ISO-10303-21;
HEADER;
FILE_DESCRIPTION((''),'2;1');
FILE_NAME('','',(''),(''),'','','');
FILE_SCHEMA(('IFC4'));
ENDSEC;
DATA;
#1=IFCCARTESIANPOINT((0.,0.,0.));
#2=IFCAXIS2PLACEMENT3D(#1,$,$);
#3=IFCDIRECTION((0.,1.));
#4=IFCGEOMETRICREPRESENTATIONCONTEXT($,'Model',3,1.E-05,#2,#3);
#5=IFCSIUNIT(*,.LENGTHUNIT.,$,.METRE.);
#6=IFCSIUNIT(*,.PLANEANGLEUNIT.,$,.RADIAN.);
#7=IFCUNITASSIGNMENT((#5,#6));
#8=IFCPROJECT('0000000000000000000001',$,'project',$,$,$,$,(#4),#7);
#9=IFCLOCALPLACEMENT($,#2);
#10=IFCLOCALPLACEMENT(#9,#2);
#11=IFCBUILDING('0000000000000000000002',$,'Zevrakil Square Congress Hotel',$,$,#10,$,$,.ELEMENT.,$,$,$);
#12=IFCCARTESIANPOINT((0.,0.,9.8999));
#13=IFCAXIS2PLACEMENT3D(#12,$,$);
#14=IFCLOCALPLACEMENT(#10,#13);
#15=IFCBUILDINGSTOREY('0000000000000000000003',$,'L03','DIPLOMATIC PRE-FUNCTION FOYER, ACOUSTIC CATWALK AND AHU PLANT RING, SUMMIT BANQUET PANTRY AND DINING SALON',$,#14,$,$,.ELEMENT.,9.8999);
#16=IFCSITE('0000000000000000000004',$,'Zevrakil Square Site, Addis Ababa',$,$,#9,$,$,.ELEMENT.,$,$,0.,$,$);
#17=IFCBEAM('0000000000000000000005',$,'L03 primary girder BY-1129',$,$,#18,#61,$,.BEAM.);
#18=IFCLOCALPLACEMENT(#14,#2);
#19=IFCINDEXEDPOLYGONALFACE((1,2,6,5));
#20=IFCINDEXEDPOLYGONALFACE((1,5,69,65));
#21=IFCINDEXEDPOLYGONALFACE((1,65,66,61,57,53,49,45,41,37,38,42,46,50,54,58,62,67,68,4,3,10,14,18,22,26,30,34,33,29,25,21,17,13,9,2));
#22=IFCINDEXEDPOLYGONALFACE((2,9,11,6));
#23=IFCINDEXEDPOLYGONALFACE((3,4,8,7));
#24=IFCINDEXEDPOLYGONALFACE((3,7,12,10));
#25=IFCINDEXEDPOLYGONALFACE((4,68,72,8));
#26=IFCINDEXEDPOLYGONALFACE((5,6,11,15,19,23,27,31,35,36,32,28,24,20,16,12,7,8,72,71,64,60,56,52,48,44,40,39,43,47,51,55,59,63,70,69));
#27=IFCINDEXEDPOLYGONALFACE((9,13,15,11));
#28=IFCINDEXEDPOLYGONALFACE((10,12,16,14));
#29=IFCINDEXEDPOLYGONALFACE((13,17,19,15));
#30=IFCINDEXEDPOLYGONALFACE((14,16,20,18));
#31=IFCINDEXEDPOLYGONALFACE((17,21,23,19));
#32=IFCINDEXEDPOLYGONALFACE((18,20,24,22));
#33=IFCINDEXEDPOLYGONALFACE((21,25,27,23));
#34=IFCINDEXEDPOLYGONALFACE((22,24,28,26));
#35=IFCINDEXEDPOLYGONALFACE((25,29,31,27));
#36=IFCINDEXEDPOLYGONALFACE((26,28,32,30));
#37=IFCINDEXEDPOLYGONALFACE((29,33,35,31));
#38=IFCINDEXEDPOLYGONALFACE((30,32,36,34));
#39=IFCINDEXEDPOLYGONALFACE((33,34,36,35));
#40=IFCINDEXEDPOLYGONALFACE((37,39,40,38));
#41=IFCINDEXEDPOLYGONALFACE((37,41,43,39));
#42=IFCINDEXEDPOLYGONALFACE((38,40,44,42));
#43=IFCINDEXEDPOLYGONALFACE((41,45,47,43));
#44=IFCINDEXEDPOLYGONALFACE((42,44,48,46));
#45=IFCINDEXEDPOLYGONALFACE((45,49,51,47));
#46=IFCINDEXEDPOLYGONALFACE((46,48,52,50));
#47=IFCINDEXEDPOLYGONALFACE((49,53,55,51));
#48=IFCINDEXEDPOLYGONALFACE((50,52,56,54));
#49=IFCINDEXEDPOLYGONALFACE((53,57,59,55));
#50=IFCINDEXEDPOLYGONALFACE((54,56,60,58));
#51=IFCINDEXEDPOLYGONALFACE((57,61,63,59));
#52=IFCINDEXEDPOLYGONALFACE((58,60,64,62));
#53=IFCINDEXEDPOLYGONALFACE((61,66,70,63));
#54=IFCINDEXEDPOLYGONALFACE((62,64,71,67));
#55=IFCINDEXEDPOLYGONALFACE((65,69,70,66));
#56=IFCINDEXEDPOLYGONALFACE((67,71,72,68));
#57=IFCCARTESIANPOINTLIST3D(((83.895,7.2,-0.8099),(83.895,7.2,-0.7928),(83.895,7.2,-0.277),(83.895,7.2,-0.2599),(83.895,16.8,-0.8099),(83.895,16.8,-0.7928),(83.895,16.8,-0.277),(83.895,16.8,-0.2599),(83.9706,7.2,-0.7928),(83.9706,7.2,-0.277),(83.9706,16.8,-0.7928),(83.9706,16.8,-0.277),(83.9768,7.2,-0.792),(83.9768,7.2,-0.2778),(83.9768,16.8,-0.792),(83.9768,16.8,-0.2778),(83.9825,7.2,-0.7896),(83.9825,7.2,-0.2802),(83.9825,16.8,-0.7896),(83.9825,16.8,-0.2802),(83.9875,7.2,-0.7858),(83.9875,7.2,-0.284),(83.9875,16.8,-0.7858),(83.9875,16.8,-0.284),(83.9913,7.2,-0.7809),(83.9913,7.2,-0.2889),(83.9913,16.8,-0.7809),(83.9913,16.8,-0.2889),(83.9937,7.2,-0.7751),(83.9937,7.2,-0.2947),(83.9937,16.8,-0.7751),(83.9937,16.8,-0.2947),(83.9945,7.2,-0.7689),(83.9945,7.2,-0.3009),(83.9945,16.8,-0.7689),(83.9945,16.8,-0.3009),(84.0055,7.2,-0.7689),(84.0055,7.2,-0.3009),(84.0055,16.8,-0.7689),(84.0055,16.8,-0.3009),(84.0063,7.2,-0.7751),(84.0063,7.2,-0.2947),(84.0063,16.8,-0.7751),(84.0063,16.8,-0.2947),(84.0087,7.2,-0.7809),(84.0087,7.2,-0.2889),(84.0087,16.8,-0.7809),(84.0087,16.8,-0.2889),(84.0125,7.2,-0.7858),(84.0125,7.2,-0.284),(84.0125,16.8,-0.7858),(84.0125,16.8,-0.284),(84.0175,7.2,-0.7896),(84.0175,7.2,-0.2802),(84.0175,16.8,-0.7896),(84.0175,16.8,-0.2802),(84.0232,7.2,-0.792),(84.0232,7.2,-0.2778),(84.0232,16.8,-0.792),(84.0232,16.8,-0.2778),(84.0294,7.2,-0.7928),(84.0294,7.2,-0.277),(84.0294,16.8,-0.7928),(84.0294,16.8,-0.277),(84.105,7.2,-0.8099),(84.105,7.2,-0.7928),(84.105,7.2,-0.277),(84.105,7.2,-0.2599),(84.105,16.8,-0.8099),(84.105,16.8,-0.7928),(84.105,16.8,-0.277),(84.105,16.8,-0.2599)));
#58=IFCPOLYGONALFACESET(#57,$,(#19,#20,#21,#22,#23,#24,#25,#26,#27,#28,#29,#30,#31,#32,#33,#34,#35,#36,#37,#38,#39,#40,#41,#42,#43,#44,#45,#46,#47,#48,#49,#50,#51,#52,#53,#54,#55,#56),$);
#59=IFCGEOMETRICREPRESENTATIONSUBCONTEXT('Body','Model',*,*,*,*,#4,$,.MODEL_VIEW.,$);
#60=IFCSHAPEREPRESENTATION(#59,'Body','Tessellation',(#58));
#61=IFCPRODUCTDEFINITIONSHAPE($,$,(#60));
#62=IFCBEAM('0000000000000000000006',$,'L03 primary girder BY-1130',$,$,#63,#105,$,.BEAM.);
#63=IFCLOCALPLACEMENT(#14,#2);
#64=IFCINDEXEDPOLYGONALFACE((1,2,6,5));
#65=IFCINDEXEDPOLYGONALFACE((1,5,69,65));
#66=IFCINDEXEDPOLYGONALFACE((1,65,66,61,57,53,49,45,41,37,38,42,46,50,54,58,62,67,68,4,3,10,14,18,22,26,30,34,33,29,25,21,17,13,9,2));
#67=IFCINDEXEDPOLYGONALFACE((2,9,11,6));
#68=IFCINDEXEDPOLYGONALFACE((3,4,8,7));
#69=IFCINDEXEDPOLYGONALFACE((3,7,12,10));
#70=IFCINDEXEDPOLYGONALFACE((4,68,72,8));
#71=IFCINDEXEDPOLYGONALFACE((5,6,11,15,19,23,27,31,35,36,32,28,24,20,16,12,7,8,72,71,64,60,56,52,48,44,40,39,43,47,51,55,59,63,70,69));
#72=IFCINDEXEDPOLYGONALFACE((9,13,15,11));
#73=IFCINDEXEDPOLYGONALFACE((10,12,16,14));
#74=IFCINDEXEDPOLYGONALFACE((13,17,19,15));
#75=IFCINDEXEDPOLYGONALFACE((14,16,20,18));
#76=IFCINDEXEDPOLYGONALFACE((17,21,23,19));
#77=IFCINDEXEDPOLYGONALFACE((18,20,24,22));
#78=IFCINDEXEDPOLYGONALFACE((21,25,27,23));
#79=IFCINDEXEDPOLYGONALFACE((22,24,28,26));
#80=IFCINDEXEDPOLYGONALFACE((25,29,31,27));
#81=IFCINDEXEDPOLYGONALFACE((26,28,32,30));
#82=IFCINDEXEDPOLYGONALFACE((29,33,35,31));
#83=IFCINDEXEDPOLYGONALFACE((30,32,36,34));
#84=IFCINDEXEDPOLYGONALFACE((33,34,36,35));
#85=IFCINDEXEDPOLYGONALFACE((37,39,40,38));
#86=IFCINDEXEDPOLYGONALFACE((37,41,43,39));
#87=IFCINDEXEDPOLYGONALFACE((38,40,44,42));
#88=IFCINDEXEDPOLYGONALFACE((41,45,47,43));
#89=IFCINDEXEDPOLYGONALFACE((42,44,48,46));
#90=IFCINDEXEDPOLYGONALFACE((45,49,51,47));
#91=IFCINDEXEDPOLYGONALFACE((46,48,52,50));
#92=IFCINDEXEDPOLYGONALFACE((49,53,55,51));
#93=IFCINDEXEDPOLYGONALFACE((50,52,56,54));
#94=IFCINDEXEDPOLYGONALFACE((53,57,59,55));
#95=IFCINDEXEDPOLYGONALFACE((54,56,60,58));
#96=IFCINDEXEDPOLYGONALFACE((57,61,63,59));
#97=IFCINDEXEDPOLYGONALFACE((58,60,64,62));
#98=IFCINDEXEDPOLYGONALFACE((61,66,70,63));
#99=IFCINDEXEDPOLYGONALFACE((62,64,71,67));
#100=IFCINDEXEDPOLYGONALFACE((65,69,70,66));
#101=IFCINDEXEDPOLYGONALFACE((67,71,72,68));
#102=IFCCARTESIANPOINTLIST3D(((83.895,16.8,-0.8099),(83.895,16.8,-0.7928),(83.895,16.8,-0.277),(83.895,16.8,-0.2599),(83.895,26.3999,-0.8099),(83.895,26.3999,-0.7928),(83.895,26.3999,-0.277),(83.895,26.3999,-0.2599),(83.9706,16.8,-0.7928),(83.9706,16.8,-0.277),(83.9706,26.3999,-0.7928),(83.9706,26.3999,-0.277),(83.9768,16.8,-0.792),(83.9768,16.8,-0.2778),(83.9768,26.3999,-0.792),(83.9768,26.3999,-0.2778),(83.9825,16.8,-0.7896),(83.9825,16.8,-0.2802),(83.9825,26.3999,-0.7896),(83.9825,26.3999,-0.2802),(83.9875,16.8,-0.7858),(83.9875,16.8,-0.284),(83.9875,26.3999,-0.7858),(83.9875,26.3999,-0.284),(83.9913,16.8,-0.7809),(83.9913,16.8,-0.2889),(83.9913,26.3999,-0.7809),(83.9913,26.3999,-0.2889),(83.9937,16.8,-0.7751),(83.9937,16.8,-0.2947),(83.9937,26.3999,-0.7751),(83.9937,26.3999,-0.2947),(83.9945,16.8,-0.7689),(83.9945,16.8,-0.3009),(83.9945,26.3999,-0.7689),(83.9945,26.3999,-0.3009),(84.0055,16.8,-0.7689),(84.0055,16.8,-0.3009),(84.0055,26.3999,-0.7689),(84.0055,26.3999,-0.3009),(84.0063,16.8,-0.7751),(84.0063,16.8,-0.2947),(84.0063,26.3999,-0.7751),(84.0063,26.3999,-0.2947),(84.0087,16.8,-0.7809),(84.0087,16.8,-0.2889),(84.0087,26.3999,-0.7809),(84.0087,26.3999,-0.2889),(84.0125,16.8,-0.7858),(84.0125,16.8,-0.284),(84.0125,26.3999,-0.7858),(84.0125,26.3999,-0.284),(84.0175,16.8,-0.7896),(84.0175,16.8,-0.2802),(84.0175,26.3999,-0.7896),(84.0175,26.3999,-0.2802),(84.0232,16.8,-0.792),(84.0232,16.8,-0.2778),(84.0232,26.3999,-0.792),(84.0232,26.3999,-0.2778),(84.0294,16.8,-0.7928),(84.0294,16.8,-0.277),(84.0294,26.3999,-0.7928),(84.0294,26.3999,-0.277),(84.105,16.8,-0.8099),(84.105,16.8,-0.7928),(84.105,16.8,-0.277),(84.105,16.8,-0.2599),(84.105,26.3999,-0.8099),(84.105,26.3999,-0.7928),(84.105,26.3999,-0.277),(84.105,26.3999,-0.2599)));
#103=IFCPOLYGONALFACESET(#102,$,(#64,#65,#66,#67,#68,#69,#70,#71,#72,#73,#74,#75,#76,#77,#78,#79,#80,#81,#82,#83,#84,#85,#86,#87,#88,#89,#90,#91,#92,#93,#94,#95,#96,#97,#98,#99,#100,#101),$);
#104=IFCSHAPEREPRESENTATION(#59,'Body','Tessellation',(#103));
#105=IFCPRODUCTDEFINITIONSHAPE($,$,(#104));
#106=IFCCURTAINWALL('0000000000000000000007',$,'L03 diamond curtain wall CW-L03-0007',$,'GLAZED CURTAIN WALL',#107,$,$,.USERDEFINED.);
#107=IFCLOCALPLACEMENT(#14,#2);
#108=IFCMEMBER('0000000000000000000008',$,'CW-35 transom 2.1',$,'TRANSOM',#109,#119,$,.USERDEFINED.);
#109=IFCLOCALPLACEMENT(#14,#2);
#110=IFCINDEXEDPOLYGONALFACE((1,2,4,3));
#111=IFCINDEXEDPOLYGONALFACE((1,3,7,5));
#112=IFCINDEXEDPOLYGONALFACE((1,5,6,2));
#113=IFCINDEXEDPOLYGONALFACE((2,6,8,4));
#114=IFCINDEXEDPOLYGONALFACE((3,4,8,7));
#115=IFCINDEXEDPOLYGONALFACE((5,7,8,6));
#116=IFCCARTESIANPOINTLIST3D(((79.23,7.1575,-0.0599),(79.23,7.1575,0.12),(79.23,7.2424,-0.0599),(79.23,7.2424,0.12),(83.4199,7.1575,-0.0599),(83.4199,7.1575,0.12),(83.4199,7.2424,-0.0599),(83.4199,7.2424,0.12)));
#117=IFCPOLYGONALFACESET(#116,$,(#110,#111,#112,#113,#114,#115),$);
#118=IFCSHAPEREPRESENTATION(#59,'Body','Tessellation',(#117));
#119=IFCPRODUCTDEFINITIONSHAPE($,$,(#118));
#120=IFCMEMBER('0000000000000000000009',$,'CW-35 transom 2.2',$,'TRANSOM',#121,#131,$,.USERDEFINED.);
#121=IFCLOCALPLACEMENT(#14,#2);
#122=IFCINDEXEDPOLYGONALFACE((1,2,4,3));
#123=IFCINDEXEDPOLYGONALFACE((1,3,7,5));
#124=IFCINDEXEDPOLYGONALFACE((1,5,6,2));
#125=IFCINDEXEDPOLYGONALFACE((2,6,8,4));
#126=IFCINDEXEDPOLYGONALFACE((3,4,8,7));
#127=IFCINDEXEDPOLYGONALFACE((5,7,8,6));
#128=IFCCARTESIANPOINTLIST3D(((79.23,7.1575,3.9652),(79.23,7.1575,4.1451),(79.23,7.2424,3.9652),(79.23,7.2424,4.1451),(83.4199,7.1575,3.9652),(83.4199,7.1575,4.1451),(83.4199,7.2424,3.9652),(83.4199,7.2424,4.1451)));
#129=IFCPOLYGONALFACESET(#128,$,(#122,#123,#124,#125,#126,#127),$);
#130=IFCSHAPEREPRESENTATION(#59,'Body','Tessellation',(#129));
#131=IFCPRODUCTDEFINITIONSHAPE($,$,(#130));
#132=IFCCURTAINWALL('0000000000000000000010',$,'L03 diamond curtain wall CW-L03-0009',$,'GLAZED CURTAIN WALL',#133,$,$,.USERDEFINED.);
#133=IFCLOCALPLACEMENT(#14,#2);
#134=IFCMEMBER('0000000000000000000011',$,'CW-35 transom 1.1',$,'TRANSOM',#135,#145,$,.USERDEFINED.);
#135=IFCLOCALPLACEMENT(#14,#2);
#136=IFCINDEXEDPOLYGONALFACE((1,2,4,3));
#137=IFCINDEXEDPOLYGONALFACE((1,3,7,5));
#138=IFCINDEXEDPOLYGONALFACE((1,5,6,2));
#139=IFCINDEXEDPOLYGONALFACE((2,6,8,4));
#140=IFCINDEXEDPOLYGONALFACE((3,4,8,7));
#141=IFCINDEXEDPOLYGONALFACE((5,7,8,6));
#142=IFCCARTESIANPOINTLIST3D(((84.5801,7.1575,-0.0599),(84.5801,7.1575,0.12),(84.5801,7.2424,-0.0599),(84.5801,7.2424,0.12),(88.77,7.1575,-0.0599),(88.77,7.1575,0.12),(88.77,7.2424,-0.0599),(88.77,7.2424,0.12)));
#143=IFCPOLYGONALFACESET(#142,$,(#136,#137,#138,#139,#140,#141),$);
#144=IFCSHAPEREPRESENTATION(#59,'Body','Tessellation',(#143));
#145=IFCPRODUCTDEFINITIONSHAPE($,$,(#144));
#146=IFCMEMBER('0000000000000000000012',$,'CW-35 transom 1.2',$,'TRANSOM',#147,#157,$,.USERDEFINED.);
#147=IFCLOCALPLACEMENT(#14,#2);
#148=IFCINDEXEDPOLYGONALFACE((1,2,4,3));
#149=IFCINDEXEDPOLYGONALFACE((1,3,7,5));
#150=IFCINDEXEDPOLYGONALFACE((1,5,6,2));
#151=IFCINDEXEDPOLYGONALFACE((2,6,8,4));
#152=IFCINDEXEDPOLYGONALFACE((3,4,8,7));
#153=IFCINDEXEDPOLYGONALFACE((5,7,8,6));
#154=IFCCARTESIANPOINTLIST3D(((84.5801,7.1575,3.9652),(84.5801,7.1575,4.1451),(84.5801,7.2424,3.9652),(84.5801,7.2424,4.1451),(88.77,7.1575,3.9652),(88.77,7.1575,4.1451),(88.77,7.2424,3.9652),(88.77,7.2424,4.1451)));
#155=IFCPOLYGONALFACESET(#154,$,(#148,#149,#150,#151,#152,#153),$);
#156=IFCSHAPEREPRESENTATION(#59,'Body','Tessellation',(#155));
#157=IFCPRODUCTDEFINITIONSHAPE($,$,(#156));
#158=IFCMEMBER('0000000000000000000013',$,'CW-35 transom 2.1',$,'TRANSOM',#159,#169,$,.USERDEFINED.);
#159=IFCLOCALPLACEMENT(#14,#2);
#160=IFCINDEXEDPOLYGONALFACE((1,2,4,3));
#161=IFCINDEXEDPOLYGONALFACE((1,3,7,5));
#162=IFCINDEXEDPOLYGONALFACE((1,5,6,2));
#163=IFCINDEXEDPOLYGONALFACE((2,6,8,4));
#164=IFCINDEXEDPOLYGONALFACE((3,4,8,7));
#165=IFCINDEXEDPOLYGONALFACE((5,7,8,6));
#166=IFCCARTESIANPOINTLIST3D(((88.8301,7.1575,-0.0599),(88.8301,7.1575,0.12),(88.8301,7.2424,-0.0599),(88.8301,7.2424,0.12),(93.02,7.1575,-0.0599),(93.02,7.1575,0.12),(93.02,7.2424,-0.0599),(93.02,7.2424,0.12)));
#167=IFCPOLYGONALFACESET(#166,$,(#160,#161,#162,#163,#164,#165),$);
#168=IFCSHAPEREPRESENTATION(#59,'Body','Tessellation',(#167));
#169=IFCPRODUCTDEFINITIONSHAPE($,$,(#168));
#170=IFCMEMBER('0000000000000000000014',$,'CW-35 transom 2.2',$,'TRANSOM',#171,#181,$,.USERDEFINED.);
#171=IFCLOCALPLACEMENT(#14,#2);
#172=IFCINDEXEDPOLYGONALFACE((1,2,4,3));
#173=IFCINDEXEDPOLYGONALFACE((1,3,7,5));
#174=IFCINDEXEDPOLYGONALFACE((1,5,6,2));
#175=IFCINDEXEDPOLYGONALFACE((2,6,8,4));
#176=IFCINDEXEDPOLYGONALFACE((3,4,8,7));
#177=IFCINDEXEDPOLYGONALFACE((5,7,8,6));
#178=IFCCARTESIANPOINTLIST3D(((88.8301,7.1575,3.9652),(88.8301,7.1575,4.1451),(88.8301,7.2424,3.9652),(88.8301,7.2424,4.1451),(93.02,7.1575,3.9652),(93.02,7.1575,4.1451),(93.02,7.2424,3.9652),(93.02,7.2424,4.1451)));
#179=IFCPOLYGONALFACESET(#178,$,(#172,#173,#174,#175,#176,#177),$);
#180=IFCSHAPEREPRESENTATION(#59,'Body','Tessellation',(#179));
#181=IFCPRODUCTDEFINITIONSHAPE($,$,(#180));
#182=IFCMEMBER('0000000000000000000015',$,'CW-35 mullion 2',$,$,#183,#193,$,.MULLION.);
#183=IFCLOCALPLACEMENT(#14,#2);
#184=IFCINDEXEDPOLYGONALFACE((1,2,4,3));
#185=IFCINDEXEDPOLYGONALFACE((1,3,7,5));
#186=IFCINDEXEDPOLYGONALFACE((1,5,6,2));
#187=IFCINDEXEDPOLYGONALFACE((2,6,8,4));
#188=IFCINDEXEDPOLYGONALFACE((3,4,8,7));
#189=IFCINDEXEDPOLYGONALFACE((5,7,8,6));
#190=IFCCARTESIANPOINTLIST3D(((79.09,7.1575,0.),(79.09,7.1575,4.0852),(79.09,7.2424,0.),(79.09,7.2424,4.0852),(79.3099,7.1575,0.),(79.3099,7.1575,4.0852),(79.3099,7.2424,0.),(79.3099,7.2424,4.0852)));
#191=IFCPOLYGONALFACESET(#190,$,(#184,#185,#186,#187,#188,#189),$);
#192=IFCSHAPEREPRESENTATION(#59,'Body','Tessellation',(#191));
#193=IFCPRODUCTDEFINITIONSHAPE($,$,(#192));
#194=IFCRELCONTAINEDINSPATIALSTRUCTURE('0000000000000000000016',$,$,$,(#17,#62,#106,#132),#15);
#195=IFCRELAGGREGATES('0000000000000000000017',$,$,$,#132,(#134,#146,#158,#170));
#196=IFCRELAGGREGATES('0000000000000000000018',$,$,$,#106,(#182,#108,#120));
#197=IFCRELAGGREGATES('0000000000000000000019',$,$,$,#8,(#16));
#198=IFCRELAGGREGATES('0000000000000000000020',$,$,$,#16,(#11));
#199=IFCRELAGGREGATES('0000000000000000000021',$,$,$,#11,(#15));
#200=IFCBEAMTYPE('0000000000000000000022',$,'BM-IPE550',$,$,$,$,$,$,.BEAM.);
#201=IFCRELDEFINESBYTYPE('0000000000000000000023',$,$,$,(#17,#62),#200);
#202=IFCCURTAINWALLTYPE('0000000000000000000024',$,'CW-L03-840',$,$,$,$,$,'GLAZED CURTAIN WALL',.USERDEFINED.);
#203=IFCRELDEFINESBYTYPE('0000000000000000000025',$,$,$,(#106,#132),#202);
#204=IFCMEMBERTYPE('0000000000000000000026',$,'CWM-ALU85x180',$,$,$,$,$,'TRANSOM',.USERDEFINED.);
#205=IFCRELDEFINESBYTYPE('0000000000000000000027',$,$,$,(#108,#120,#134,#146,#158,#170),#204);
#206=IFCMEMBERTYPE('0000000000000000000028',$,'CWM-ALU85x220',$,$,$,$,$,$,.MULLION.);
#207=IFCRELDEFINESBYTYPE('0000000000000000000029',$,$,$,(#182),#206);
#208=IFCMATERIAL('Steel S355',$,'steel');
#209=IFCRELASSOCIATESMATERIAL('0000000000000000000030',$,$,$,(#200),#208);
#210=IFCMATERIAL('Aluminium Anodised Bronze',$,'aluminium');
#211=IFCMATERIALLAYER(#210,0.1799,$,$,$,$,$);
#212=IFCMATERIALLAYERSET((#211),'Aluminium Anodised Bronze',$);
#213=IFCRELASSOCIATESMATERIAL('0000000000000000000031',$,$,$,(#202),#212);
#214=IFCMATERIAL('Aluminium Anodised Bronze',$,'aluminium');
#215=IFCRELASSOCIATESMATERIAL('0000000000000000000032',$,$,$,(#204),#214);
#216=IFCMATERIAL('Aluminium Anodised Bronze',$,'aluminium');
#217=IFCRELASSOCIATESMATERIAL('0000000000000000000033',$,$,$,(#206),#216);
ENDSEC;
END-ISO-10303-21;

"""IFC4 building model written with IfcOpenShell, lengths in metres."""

from ifc_helpers import new_model, si_unit, direction, frame, origin, origin_2d, place, context, subcontext, project, spatial, rectangle, i_section, extrude, material, layer, layer_set, material_profile, profile_set, type_object, element, aggregate, save


model = new_model("IFC4")

# Units and contexts
model_context = context("Model", 3, precision=1e-05, world=origin(), true_north=direction((0.0, 1.0)))
body_context = subcontext(model_context, "Body", "Model", "MODEL_VIEW")
ifc_project = project(units=[si_unit("LENGTHUNIT", "METRE"), si_unit("PLANEANGLEUNIT", "RADIAN")], contexts=[model_context])

# Site, building, storey
site_placement = place(None, origin())
site = spatial("IfcSite", under=ifc_project, at=site_placement, Name="Zevrakil Square Site, Addis Ababa", CompositionType="ELEMENT", RefElevation=0.0)
building_placement = place(site_placement, origin())
building = spatial("IfcBuilding", under=site, at=building_placement, Name="Zevrakil Square Congress Hotel", CompositionType="ELEMENT")
storey_placement = place(building_placement, frame((0.0, 0.0, 9.8999)))
storey = spatial("IfcBuildingStorey", under=building, at=storey_placement, Name="L03", Description="DIPLOMATIC PRE-FUNCTION FOYER, ACOUSTIC CATWALK AND AHU PLANT RING, SUMMIT BANQUET PANTRY AND DINING SALON", CompositionType="ELEMENT", Elevation=9.8999)

# Beams
ifc_material_1 = material(Name="Steel S355", Category="steel")
ifc_material_profile_1 = material_profile(ifc_material_1, i_section(OverallWidth=0.21, OverallDepth=0.55, WebThickness=0.011, FlangeThickness=0.0171, FilletRadius=0.0239, at=origin_2d()), Name="IPE 550")
ifc_profile_set_1 = profile_set([ifc_material_profile_1], Name="Steel S355")
beam_type_1 = type_object("IfcBeamType", Name="BM-IPE550", PredefinedType="BEAM", material=ifc_profile_set_1)
beam_1_placement = place(storey_placement, frame((84.0, 7.2, -0.5349), z_axis=(0.0, 1.0, 0.0), x_axis=(-1.0, 0.0, 0.0)))
element("IfcBeam", 1, at=beam_1_placement, inside=storey, type_object=beam_type_1, Name="L03 primary girder BY-1129", PredefinedType="BEAM", context=body_context, shape_type="SweptSolid", body=[
    extrude(i_section(OverallWidth=0.21, OverallDepth=0.55, WebThickness=0.011, FlangeThickness=0.0171, FilletRadius=0.0239, at=origin_2d()), origin(), (0.0, 0.0, 1.0), 9.6001),
])
beam_2_placement = place(storey_placement, frame((84.0, 16.8, -0.5349), z_axis=(0.0, 1.0, 0.0), x_axis=(-1.0, 0.0, 0.0)))
element("IfcBeam", 2, at=beam_2_placement, inside=storey, type_object=beam_type_1, Name="L03 primary girder BY-1130", PredefinedType="BEAM", context=body_context, shape_type="SweptSolid", body=[
    extrude(i_section(OverallWidth=0.21, OverallDepth=0.55, WebThickness=0.011, FlangeThickness=0.0171, FilletRadius=0.0239, at=origin_2d()), origin(), (0.0, 0.0, 1.0), 9.5999),
])

# Curtain walls, members
ifc_material_2 = material(Name="Aluminium Anodised Bronze", Category="aluminium")
ifc_layer_1 = layer(ifc_material_2, 0.1799)
ifc_layer_set_1 = layer_set([ifc_layer_1], Name="Aluminium Anodised Bronze")
curtain_wall_type = type_object("IfcCurtainWallType", Name="CW-L03-840", ElementType="GLAZED CURTAIN WALL", PredefinedType="USERDEFINED", material=ifc_layer_set_1)
curtain_wall_1_placement = place(storey_placement, origin())
curtain_wall_1 = element("IfcCurtainWall", 3, at=curtain_wall_1_placement, inside=storey, type_object=curtain_wall_type, Name="L03 diamond curtain wall CW-L03-0007", ObjectType="GLAZED CURTAIN WALL", PredefinedType="USERDEFINED")
ifc_material_3 = material(Name="Aluminium Anodised Bronze", Category="aluminium")
ifc_material_profile_2 = material_profile(ifc_material_3, rectangle(XDim=0.085, YDim=0.1799, at=origin_2d()), Name="ALU 85x180")
ifc_profile_set_2 = profile_set([ifc_material_profile_2], Name="Aluminium Anodised Bronze")
member_type_1 = type_object("IfcMemberType", Name="CWM-ALU85x180", ElementType="TRANSOM", PredefinedType="USERDEFINED", material=ifc_profile_set_2)
member_1_placement = place(storey_placement, frame((79.23, 7.2, 0.03), z_axis=(1.0, 0.0, 0.0), x_axis=(0.0, 1.0, 0.0)))
member_1 = element("IfcMember", 4, at=member_1_placement, type_object=member_type_1, Name="CW-35 transom 2.1", ObjectType="TRANSOM", PredefinedType="USERDEFINED", context=body_context, shape_type="SweptSolid", body=[
    extrude(rectangle(XDim=0.085, YDim=0.1799, at=origin_2d()), origin(), (0.0, 0.0, 1.0), 4.1899),
])
member_2_placement = place(storey_placement, frame((79.23, 7.2, 4.0552), z_axis=(1.0, 0.0, 0.0), x_axis=(0.0, 1.0, 0.0)))
member_2 = element("IfcMember", 5, at=member_2_placement, type_object=member_type_1, Name="CW-35 transom 2.2", ObjectType="TRANSOM", PredefinedType="USERDEFINED", context=body_context, shape_type="SweptSolid", body=[
    extrude(rectangle(XDim=0.085, YDim=0.1799, at=origin_2d()), origin(), (0.0, 0.0, 1.0), 4.1899),
])
curtain_wall_2_placement = place(storey_placement, origin())
curtain_wall_2 = element("IfcCurtainWall", 6, at=curtain_wall_2_placement, inside=storey, type_object=curtain_wall_type, Name="L03 diamond curtain wall CW-L03-0009", ObjectType="GLAZED CURTAIN WALL", PredefinedType="USERDEFINED")
member_3_placement = place(storey_placement, frame((84.5801, 7.2, 0.03), z_axis=(1.0, 0.0, 0.0), x_axis=(0.0, 1.0, 0.0)))
member_3 = element("IfcMember", 7, at=member_3_placement, type_object=member_type_1, Name="CW-35 transom 1.1", ObjectType="TRANSOM", PredefinedType="USERDEFINED", context=body_context, shape_type="SweptSolid", body=[
    extrude(rectangle(XDim=0.085, YDim=0.1799, at=origin_2d()), origin(), (0.0, 0.0, 1.0), 4.1899),
])
member_4_placement = place(storey_placement, frame((84.5801, 7.2, 4.0552), z_axis=(1.0, 0.0, 0.0), x_axis=(0.0, 1.0, 0.0)))
member_4 = element("IfcMember", 8, at=member_4_placement, type_object=member_type_1, Name="CW-35 transom 1.2", ObjectType="TRANSOM", PredefinedType="USERDEFINED", context=body_context, shape_type="SweptSolid", body=[
    extrude(rectangle(XDim=0.085, YDim=0.1799, at=origin_2d()), origin(), (0.0, 0.0, 1.0), 4.1899),
])
member_5_placement = place(storey_placement, frame((88.8301, 7.2, 0.03), z_axis=(1.0, 0.0, 0.0), x_axis=(0.0, 1.0, 0.0)))
member_5 = element("IfcMember", 9, at=member_5_placement, type_object=member_type_1, Name="CW-35 transom 2.1", ObjectType="TRANSOM", PredefinedType="USERDEFINED", context=body_context, shape_type="SweptSolid", body=[
    extrude(rectangle(XDim=0.085, YDim=0.1799, at=origin_2d()), origin(), (0.0, 0.0, 1.0), 4.1899),
])
member_6_placement = place(storey_placement, frame((88.8301, 7.2, 4.0552), z_axis=(1.0, 0.0, 0.0), x_axis=(0.0, 1.0, 0.0)))
member_6 = element("IfcMember", 10, at=member_6_placement, type_object=member_type_1, Name="CW-35 transom 2.2", ObjectType="TRANSOM", PredefinedType="USERDEFINED", context=body_context, shape_type="SweptSolid", body=[
    extrude(rectangle(XDim=0.085, YDim=0.1799, at=origin_2d()), origin(), (0.0, 0.0, 1.0), 4.1899),
])

# Member
ifc_material_4 = material(Name="Aluminium Anodised Bronze", Category="aluminium")
ifc_material_profile_3 = material_profile(ifc_material_4, rectangle(XDim=0.085, YDim=0.22, at=origin_2d()), Name="ALU 85x220")
ifc_profile_set_3 = profile_set([ifc_material_profile_3], Name="Aluminium Anodised Bronze")
member_type_2 = type_object("IfcMemberType", Name="CWM-ALU85x220", PredefinedType="MULLION", material=ifc_profile_set_3)
member_7_placement = place(storey_placement, frame((79.2, 7.2, 0.0), z_axis=(0.0, 0.0, 1.0), x_axis=(0.0, 1.0, 0.0)))
member_7 = element("IfcMember", 11, at=member_7_placement, type_object=member_type_2, Name="CW-35 mullion 2", PredefinedType="MULLION", context=body_context, shape_type="SweptSolid", body=[
    extrude(rectangle(XDim=0.085, YDim=0.22, at=origin_2d()), origin(), (0.0, 0.0, 1.0), 4.0852),
])

aggregate(curtain_wall_2, [member_3, member_4, member_5, member_6])
aggregate(curtain_wall_1, [member_7, member_1, member_2])

save(model, "model.ifc")
